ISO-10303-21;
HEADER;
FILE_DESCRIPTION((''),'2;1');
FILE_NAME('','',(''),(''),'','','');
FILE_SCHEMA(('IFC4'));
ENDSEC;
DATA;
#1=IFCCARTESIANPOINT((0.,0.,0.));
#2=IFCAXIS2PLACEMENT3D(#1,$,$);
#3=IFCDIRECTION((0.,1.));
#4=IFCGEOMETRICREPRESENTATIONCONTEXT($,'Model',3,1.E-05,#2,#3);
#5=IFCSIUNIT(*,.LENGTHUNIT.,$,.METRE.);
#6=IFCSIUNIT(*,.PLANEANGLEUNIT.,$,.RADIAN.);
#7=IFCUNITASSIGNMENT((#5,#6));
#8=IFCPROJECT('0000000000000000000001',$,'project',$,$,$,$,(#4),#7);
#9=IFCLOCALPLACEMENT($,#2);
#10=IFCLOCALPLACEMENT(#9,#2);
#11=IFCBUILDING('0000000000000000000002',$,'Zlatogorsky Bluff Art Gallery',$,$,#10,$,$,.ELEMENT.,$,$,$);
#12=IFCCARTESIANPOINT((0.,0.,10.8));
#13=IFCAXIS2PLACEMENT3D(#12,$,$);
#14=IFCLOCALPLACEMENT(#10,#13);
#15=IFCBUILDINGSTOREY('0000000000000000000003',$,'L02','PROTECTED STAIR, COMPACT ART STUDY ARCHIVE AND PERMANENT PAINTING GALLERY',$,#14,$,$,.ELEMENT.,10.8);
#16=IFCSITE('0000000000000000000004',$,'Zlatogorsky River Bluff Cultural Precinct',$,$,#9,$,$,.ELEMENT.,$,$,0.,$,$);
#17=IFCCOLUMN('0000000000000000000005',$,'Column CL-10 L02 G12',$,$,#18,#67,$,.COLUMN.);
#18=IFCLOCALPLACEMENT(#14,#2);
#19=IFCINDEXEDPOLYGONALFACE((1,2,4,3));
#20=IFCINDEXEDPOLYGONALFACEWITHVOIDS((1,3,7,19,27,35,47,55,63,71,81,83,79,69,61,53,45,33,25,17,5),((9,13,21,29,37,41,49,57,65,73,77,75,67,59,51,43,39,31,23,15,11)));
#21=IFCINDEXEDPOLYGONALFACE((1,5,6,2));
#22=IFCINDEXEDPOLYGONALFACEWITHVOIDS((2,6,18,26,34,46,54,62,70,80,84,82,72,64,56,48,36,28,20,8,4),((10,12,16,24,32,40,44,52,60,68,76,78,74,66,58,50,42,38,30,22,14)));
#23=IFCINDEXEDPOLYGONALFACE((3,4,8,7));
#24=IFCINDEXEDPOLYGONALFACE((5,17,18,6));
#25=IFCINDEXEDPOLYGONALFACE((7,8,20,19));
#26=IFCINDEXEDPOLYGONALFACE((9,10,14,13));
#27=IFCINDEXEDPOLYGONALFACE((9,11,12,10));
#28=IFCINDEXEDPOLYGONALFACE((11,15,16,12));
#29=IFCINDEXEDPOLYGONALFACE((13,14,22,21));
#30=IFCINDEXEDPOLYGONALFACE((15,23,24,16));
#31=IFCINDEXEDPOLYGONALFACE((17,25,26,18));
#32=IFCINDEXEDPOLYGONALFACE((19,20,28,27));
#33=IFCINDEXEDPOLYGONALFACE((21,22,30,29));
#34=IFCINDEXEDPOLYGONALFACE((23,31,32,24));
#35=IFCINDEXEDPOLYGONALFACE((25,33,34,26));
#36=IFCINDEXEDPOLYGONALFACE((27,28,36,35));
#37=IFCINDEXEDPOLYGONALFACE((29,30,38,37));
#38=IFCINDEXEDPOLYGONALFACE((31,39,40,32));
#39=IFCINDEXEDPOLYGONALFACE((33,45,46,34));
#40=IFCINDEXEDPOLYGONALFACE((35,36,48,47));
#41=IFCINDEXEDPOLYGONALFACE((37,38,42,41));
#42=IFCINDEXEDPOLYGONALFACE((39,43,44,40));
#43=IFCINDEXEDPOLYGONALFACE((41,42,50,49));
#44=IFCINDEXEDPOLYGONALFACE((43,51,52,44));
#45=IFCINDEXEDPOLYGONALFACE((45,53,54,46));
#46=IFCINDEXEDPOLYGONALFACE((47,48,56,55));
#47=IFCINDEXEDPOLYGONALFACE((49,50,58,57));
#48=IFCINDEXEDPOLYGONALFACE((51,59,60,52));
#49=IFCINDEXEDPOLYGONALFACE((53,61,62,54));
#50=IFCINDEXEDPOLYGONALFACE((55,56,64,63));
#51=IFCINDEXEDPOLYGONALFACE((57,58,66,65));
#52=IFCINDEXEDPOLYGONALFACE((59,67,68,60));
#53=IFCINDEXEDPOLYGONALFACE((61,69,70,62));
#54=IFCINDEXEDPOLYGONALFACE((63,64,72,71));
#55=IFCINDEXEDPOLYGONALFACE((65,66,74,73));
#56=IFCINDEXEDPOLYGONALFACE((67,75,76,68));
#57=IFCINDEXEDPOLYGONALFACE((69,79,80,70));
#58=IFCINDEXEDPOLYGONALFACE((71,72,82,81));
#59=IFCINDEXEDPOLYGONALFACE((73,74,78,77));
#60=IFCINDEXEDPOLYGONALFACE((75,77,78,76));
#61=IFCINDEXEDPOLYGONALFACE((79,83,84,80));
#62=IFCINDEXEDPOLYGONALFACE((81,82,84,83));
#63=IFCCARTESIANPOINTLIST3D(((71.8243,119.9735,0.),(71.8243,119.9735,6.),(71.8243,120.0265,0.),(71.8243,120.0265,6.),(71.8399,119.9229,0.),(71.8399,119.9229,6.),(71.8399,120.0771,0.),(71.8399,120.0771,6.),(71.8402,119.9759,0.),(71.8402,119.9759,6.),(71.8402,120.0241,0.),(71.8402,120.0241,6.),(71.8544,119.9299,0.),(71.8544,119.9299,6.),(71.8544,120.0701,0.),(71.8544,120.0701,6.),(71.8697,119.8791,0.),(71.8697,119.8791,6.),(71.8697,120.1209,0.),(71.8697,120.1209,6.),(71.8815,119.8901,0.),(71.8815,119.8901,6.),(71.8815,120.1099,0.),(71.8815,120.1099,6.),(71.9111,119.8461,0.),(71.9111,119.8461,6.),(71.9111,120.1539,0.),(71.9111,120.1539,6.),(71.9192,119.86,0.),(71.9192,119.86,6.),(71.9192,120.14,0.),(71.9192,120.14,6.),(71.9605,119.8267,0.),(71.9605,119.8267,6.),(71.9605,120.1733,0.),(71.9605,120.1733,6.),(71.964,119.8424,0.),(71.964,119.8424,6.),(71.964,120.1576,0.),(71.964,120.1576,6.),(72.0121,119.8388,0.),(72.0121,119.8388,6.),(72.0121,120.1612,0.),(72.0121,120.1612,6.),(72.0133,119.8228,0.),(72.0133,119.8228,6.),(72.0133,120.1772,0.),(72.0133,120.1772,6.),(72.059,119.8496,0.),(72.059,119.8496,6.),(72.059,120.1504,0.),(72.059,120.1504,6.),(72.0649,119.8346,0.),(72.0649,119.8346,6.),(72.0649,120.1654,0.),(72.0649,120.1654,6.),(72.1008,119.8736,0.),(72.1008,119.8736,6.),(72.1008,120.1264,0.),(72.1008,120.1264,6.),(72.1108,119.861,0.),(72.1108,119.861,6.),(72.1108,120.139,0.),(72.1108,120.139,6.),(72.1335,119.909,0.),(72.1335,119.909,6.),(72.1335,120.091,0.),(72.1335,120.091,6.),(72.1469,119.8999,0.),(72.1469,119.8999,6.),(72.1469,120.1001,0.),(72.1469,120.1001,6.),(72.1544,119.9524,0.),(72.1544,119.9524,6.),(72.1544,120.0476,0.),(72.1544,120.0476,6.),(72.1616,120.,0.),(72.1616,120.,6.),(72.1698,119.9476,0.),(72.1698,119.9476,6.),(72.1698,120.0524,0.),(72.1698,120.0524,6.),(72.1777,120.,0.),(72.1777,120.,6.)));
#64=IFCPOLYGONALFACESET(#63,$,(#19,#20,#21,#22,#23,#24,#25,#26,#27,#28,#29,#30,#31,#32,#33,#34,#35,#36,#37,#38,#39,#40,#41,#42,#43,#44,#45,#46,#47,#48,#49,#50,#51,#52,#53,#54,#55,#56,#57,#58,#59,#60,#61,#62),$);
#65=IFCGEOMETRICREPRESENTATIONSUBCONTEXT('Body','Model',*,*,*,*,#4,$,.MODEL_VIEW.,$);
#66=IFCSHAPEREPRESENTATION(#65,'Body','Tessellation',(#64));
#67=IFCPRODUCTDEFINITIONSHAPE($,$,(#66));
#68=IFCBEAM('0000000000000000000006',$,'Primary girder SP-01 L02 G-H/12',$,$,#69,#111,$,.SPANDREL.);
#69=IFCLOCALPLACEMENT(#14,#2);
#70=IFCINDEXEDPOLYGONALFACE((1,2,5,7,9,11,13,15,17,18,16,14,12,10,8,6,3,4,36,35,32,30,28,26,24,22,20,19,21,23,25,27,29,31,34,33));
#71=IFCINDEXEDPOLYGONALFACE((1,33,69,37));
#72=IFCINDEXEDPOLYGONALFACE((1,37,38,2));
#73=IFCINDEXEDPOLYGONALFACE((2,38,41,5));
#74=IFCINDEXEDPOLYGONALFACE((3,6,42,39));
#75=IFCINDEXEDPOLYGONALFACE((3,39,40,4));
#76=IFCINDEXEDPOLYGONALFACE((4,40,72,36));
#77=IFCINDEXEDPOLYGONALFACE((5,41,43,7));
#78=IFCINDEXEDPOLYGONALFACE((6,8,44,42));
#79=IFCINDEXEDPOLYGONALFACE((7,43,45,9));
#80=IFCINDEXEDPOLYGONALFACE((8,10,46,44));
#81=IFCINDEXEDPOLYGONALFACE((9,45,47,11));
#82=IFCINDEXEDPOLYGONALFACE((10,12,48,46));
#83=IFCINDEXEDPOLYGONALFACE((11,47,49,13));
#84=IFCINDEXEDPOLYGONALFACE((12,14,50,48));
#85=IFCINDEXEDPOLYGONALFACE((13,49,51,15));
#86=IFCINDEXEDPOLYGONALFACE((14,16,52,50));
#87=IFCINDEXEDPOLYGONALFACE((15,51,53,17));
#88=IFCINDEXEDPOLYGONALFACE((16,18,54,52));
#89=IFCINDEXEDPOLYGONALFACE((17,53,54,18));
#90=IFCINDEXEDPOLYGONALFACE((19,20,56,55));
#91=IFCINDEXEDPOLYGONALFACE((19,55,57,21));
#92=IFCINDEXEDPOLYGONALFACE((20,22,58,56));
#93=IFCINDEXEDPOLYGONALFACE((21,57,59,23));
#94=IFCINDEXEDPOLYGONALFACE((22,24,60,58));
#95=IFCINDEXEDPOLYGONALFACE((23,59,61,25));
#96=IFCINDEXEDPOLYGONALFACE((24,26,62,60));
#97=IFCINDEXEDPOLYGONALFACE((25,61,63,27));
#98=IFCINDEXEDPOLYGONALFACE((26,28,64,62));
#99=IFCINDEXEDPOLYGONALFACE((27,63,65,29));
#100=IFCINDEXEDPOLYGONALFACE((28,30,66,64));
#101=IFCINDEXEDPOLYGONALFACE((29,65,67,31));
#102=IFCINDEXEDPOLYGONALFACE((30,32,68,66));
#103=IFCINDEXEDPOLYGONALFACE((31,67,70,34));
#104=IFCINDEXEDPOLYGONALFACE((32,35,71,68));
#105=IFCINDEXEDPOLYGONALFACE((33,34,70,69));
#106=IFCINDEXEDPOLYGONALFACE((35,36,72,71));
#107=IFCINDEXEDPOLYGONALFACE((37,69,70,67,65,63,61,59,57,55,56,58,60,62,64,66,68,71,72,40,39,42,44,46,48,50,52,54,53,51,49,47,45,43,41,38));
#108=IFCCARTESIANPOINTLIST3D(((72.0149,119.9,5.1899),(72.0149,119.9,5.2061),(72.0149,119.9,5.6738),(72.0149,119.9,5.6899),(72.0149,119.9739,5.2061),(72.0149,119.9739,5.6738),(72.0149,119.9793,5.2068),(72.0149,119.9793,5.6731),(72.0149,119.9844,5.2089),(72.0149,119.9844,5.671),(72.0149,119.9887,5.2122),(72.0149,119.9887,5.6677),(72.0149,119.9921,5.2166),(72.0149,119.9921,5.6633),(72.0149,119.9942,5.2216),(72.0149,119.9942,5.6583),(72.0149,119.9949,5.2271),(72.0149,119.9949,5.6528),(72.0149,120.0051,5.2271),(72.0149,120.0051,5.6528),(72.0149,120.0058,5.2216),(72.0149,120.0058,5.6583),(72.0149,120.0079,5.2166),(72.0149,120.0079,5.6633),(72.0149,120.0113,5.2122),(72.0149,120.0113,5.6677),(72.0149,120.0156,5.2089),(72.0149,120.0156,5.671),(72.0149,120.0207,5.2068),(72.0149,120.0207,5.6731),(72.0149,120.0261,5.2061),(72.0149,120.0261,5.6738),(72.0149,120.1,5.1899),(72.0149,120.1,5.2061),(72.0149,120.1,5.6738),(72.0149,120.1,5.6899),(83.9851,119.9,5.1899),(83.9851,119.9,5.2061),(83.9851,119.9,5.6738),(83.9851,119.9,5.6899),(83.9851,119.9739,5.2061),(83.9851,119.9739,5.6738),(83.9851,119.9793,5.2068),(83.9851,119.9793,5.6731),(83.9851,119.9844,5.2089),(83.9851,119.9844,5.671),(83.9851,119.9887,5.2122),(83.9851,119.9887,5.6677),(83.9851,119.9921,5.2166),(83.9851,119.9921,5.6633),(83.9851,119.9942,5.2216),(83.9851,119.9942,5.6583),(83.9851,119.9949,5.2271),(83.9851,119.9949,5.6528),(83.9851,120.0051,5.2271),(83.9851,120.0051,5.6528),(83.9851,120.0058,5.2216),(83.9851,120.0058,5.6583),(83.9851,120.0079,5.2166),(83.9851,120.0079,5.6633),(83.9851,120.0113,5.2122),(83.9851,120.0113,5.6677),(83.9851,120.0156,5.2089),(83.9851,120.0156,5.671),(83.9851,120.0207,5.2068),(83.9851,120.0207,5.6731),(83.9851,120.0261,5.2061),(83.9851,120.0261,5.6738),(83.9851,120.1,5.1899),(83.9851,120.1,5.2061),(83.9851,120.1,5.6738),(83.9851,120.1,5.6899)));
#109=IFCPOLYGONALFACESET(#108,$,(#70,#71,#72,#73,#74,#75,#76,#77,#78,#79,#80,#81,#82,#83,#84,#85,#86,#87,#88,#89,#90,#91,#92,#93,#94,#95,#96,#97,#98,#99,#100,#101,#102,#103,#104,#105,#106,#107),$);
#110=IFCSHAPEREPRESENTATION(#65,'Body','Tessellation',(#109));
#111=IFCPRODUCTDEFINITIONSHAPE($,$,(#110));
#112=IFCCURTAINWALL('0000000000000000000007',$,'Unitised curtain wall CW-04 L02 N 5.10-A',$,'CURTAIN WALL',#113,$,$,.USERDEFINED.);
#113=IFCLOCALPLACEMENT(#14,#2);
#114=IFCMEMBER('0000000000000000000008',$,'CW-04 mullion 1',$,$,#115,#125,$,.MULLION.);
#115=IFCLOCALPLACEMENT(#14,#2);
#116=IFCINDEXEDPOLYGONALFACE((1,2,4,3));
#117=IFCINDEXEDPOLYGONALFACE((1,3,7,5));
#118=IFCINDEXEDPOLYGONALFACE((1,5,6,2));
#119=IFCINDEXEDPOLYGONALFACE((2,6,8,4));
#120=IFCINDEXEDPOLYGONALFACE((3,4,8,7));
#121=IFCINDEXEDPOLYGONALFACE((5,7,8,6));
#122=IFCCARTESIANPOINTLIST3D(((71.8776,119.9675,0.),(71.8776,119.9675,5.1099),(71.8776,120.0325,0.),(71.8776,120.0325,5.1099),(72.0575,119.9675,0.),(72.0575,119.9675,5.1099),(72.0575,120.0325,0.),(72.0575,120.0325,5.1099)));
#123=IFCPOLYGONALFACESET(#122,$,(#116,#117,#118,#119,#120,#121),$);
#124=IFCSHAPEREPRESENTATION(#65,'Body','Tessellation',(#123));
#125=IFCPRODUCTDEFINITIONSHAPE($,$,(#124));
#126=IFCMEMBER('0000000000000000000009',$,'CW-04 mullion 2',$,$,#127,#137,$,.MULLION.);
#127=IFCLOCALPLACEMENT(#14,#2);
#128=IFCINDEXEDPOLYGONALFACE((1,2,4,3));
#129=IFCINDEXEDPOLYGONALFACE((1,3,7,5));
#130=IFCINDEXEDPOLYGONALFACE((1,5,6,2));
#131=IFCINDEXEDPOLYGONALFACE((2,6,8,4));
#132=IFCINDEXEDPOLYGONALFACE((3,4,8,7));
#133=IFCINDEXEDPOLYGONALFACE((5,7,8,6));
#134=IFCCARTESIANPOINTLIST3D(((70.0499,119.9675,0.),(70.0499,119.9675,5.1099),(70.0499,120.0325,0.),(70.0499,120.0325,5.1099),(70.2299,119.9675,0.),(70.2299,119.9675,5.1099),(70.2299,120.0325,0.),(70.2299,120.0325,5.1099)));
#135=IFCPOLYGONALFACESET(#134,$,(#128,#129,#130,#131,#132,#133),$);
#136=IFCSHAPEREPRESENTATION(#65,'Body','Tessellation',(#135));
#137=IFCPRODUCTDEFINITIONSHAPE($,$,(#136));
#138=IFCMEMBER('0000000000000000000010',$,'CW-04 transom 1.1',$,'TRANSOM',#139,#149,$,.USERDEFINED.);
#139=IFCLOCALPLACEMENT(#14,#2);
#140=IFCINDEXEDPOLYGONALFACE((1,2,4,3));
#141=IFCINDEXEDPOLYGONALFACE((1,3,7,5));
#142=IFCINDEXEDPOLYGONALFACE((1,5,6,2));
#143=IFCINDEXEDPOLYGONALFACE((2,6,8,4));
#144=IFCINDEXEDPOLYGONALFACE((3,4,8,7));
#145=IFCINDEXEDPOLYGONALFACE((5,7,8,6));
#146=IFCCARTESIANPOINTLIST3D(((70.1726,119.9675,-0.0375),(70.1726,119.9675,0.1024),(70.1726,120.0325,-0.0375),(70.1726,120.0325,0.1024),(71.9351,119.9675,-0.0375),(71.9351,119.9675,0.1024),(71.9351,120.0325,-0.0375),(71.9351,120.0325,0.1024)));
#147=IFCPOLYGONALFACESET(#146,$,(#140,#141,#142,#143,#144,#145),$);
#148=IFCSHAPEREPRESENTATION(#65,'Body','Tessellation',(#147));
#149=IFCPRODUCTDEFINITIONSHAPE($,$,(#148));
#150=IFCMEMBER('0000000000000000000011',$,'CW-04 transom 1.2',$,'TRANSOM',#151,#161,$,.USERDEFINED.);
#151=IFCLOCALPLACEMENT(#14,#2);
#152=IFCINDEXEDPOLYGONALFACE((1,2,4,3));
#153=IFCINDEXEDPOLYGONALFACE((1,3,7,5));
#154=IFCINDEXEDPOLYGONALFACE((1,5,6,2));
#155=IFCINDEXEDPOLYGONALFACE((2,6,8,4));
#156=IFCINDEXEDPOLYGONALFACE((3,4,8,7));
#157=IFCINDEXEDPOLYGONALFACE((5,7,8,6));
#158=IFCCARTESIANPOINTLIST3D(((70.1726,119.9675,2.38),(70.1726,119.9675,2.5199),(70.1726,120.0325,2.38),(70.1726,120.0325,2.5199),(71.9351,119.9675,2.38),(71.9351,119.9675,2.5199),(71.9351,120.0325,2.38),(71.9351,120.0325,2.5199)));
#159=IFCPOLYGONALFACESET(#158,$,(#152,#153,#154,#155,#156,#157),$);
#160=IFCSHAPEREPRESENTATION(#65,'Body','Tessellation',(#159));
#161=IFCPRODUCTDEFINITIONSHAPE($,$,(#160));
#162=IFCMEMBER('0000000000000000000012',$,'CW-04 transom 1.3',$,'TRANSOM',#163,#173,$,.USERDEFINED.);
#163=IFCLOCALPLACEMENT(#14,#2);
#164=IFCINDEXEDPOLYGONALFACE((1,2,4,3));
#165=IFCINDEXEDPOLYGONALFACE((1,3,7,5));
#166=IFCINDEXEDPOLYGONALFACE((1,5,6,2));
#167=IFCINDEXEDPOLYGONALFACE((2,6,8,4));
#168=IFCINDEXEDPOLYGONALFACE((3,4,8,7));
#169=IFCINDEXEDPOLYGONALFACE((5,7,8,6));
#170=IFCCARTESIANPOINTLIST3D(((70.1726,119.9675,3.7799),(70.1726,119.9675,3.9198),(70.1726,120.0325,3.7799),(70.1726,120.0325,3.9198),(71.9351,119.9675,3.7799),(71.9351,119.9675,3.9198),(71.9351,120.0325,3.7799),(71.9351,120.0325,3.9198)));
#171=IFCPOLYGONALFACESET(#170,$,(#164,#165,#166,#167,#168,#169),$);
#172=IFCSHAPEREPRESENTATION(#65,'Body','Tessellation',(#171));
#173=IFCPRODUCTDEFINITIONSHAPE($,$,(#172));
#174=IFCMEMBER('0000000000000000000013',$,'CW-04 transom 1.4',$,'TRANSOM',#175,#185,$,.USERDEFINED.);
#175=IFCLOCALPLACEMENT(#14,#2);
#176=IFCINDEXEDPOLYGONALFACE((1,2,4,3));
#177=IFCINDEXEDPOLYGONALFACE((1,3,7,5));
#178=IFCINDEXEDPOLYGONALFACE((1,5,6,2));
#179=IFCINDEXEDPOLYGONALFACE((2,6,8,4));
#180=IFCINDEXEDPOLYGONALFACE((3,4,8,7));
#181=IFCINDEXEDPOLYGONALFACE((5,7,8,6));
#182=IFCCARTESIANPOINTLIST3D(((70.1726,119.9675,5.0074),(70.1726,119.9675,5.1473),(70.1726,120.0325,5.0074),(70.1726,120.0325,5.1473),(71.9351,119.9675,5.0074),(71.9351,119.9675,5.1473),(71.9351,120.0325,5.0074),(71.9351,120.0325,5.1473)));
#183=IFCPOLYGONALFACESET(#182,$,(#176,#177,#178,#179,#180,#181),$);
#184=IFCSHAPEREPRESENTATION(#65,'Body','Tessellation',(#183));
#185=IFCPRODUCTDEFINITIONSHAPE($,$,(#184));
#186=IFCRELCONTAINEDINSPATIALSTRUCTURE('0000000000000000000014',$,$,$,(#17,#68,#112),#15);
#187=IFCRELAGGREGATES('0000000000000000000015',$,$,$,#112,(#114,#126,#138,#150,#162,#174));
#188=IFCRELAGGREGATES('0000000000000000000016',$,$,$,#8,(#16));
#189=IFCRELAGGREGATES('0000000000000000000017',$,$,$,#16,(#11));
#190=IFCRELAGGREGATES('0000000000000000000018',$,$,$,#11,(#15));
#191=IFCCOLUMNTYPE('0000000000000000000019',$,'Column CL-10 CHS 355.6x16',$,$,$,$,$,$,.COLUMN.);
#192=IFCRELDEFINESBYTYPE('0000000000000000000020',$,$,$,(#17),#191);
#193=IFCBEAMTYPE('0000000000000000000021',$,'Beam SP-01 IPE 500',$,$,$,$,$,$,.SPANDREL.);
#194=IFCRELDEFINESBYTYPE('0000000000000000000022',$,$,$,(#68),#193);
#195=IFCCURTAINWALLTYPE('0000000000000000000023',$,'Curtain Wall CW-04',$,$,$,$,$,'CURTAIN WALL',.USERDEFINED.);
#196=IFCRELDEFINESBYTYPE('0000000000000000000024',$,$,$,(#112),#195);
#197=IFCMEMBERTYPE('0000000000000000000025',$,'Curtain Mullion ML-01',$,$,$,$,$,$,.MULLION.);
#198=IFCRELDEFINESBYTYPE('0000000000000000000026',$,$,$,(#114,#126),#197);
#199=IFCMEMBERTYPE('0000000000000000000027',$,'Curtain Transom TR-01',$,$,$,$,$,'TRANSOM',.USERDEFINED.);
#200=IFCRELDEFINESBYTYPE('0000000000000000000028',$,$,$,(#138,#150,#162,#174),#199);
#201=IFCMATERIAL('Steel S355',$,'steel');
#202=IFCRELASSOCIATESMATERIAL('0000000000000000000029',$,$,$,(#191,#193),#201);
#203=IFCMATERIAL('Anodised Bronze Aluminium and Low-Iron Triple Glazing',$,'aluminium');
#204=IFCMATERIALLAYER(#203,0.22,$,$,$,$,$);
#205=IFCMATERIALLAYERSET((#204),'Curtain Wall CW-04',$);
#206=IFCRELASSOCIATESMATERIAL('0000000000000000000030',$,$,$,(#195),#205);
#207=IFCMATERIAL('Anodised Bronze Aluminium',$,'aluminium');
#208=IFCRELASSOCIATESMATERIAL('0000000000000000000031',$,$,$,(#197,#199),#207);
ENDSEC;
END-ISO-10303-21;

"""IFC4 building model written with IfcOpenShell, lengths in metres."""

from ifc_helpers import new_model, si_unit, direction, frame, origin, origin_2d, place, context, subcontext, project, spatial, rectangle, hollow_circle, i_section, extrude, material, layer, layer_set, material_profile, profile_set, type_object, element, aggregate, save


model = new_model("IFC4")

# Units and contexts
model_context = context("Model", 3, precision=1e-05, world=origin(), true_north=direction((0.0, 1.0)))
body_context = subcontext(model_context, "Body", "Model", "MODEL_VIEW")
ifc_project = project(units=[si_unit("LENGTHUNIT", "METRE"), si_unit("PLANEANGLEUNIT", "RADIAN")], contexts=[model_context])

# Site, building, storey
site_placement = place(None, origin())
site = spatial("IfcSite", under=ifc_project, at=site_placement, Name="Zlatogorsky River Bluff Cultural Precinct", CompositionType="ELEMENT", RefElevation=0.0)
building_placement = place(site_placement, origin())
building = spatial("IfcBuilding", under=site, at=building_placement, Name="Zlatogorsky Bluff Art Gallery", CompositionType="ELEMENT")
storey_placement = place(building_placement, frame((0.0, 0.0, 10.8)))
storey = spatial("IfcBuildingStorey", under=building, at=storey_placement, Name="L02", Description="PROTECTED STAIR, COMPACT ART STUDY ARCHIVE AND PERMANENT PAINTING GALLERY", CompositionType="ELEMENT", Elevation=10.8)

# Column
ifc_material_1 = material(Name="Steel S355", Category="steel")
ifc_material_profile_1 = material_profile(ifc_material_1, hollow_circle(Radius=0.1777, WallThickness=0.0161, at=origin_2d()), Name="CHS 355.6x16")
ifc_profile_set_1 = profile_set([ifc_material_profile_1], Name="Steel S355")
column_type = type_object("IfcColumnType", Name="Column CL-10 CHS 355.6x16", PredefinedType="COLUMN", material=ifc_profile_set_1)
column_placement = place(storey_placement, frame((72.0, 120.0, 0.0), z_axis=(0.0, 0.0, 1.0), x_axis=(1.0, 0.0, 0.0)))
element("IfcColumn", 1, at=column_placement, inside=storey, type_object=column_type, Name="Column CL-10 L02 G12", PredefinedType="COLUMN", context=body_context, shape_type="SweptSolid", body=[
    extrude(hollow_circle(Radius=0.1777, WallThickness=0.0161, at=origin_2d()), origin(), (0.0, 0.0, 1.0), 6.0),
])

# Beam
ifc_material_profile_2 = material_profile(ifc_material_1, i_section(OverallWidth=0.2, OverallDepth=0.5, WebThickness=0.0103, FlangeThickness=0.0161, FilletRadius=0.021, at=origin_2d()), Name="IPE 500")
ifc_profile_set_2 = profile_set([ifc_material_profile_2], Name="Steel S355")
beam_type = type_object("IfcBeamType", Name="Beam SP-01 IPE 500", PredefinedType="SPANDREL", material=ifc_profile_set_2)
beam_placement = place(storey_placement, frame((72.0149, 120.0, 5.4399), z_axis=(1.0, 0.0, 0.0), x_axis=(0.0, 1.0, 0.0)))
element("IfcBeam", 2, at=beam_placement, inside=storey, type_object=beam_type, Name="Primary girder SP-01 L02 G-H/12", PredefinedType="SPANDREL", context=body_context, shape_type="SweptSolid", body=[
    extrude(i_section(OverallWidth=0.2, OverallDepth=0.5, WebThickness=0.0103, FlangeThickness=0.0161, FilletRadius=0.021, at=origin_2d()), origin(), (0.0, 0.0, 1.0), 11.9702),
])

# Curtain wall, members
ifc_material_2 = material(Name="Anodised Bronze Aluminium and Low-Iron Triple Glazing", Category="aluminium")
ifc_layer_1 = layer(ifc_material_2, 0.22)
ifc_layer_set_1 = layer_set([ifc_layer_1], Name="Curtain Wall CW-04")
curtain_wall_type = type_object("IfcCurtainWallType", Name="Curtain Wall CW-04", ElementType="CURTAIN WALL", PredefinedType="USERDEFINED", material=ifc_layer_set_1)
curtain_wall_placement = place(storey_placement, origin())
curtain_wall = element("IfcCurtainWall", 3, at=curtain_wall_placement, inside=storey, type_object=curtain_wall_type, Name="Unitised curtain wall CW-04 L02 N 5.10-A", ObjectType="CURTAIN WALL", PredefinedType="USERDEFINED")
ifc_material_3 = material(Name="Anodised Bronze Aluminium", Category="aluminium")
ifc_material_profile_3 = material_profile(ifc_material_3, rectangle(XDim=0.0649, YDim=0.1799, at=origin_2d()), Name="ALU MULLION 65x180")
ifc_profile_set_3 = profile_set([ifc_material_profile_3], Name="Anodised Bronze Aluminium")
member_type_1 = type_object("IfcMemberType", Name="Curtain Mullion ML-01", PredefinedType="MULLION", material=ifc_profile_set_3)
member_1_placement = place(storey_placement, frame((71.9675, 120.0, 0.0), z_axis=(0.0, 0.0, 1.0), x_axis=(0.0, -1.0, 0.0)))
member_1 = element("IfcMember", 4, at=member_1_placement, type_object=member_type_1, Name="CW-04 mullion 1", PredefinedType="MULLION", context=body_context, shape_type="SweptSolid", body=[
    extrude(rectangle(XDim=0.0649, YDim=0.1799, at=origin_2d()), origin(), (0.0, 0.0, 1.0), 5.1099),
])
member_2_placement = place(storey_placement, frame((70.1399, 120.0, 0.0), z_axis=(0.0, 0.0, 1.0), x_axis=(0.0, -1.0, 0.0)))
member_2 = element("IfcMember", 5, at=member_2_placement, type_object=member_type_1, Name="CW-04 mullion 2", PredefinedType="MULLION", context=body_context, shape_type="SweptSolid", body=[
    extrude(rectangle(XDim=0.0649, YDim=0.1799, at=origin_2d()), origin(), (0.0, 0.0, 1.0), 5.1099),
])
ifc_material_profile_4 = material_profile(ifc_material_3, rectangle(XDim=0.0649, YDim=0.1399, at=origin_2d()), Name="ALU TRANSOM 65x140")
ifc_profile_set_4 = profile_set([ifc_material_profile_4], Name="Anodised Bronze Aluminium")
member_type_2 = type_object("IfcMemberType", Name="Curtain Transom TR-01", ElementType="TRANSOM", PredefinedType="USERDEFINED", material=ifc_profile_set_4)
member_3_placement = place(storey_placement, frame((71.9351, 120.0, 0.0325), z_axis=(-1.0, 0.0, 0.0), x_axis=(0.0, -1.0, 0.0)))
member_3 = element("IfcMember", 6, at=member_3_placement, type_object=member_type_2, Name="CW-04 transom 1.1", ObjectType="TRANSOM", PredefinedType="USERDEFINED", context=body_context, shape_type="SweptSolid", body=[
    extrude(rectangle(XDim=0.0649, YDim=0.1399, at=origin_2d()), origin(), (0.0, 0.0, 1.0), 1.7625),
])
member_4_placement = place(storey_placement, frame((71.9351, 120.0, 2.45), z_axis=(-1.0, 0.0, 0.0), x_axis=(0.0, -1.0, 0.0)))
member_4 = element("IfcMember", 7, at=member_4_placement, type_object=member_type_2, Name="CW-04 transom 1.2", ObjectType="TRANSOM", PredefinedType="USERDEFINED", context=body_context, shape_type="SweptSolid", body=[
    extrude(rectangle(XDim=0.0649, YDim=0.1399, at=origin_2d()), origin(), (0.0, 0.0, 1.0), 1.7625),
])
member_5_placement = place(storey_placement, frame((71.9351, 120.0, 3.8499), z_axis=(-1.0, 0.0, 0.0), x_axis=(0.0, -1.0, 0.0)))
member_5 = element("IfcMember", 8, at=member_5_placement, type_object=member_type_2, Name="CW-04 transom 1.3", ObjectType="TRANSOM", PredefinedType="USERDEFINED", context=body_context, shape_type="SweptSolid", body=[
    extrude(rectangle(XDim=0.0649, YDim=0.1399, at=origin_2d()), origin(), (0.0, 0.0, 1.0), 1.7625),
])
member_6_placement = place(storey_placement, frame((71.9351, 120.0, 5.0774), z_axis=(-1.0, 0.0, 0.0), x_axis=(0.0, -1.0, 0.0)))
member_6 = element("IfcMember", 9, at=member_6_placement, type_object=member_type_2, Name="CW-04 transom 1.4", ObjectType="TRANSOM", PredefinedType="USERDEFINED", context=body_context, shape_type="SweptSolid", body=[
    extrude(rectangle(XDim=0.0649, YDim=0.1399, at=origin_2d()), origin(), (0.0, 0.0, 1.0), 1.7625),
])
aggregate(curtain_wall, [member_1, member_2, member_3, member_4, member_5, member_6])

save(model, "model.ifc")
